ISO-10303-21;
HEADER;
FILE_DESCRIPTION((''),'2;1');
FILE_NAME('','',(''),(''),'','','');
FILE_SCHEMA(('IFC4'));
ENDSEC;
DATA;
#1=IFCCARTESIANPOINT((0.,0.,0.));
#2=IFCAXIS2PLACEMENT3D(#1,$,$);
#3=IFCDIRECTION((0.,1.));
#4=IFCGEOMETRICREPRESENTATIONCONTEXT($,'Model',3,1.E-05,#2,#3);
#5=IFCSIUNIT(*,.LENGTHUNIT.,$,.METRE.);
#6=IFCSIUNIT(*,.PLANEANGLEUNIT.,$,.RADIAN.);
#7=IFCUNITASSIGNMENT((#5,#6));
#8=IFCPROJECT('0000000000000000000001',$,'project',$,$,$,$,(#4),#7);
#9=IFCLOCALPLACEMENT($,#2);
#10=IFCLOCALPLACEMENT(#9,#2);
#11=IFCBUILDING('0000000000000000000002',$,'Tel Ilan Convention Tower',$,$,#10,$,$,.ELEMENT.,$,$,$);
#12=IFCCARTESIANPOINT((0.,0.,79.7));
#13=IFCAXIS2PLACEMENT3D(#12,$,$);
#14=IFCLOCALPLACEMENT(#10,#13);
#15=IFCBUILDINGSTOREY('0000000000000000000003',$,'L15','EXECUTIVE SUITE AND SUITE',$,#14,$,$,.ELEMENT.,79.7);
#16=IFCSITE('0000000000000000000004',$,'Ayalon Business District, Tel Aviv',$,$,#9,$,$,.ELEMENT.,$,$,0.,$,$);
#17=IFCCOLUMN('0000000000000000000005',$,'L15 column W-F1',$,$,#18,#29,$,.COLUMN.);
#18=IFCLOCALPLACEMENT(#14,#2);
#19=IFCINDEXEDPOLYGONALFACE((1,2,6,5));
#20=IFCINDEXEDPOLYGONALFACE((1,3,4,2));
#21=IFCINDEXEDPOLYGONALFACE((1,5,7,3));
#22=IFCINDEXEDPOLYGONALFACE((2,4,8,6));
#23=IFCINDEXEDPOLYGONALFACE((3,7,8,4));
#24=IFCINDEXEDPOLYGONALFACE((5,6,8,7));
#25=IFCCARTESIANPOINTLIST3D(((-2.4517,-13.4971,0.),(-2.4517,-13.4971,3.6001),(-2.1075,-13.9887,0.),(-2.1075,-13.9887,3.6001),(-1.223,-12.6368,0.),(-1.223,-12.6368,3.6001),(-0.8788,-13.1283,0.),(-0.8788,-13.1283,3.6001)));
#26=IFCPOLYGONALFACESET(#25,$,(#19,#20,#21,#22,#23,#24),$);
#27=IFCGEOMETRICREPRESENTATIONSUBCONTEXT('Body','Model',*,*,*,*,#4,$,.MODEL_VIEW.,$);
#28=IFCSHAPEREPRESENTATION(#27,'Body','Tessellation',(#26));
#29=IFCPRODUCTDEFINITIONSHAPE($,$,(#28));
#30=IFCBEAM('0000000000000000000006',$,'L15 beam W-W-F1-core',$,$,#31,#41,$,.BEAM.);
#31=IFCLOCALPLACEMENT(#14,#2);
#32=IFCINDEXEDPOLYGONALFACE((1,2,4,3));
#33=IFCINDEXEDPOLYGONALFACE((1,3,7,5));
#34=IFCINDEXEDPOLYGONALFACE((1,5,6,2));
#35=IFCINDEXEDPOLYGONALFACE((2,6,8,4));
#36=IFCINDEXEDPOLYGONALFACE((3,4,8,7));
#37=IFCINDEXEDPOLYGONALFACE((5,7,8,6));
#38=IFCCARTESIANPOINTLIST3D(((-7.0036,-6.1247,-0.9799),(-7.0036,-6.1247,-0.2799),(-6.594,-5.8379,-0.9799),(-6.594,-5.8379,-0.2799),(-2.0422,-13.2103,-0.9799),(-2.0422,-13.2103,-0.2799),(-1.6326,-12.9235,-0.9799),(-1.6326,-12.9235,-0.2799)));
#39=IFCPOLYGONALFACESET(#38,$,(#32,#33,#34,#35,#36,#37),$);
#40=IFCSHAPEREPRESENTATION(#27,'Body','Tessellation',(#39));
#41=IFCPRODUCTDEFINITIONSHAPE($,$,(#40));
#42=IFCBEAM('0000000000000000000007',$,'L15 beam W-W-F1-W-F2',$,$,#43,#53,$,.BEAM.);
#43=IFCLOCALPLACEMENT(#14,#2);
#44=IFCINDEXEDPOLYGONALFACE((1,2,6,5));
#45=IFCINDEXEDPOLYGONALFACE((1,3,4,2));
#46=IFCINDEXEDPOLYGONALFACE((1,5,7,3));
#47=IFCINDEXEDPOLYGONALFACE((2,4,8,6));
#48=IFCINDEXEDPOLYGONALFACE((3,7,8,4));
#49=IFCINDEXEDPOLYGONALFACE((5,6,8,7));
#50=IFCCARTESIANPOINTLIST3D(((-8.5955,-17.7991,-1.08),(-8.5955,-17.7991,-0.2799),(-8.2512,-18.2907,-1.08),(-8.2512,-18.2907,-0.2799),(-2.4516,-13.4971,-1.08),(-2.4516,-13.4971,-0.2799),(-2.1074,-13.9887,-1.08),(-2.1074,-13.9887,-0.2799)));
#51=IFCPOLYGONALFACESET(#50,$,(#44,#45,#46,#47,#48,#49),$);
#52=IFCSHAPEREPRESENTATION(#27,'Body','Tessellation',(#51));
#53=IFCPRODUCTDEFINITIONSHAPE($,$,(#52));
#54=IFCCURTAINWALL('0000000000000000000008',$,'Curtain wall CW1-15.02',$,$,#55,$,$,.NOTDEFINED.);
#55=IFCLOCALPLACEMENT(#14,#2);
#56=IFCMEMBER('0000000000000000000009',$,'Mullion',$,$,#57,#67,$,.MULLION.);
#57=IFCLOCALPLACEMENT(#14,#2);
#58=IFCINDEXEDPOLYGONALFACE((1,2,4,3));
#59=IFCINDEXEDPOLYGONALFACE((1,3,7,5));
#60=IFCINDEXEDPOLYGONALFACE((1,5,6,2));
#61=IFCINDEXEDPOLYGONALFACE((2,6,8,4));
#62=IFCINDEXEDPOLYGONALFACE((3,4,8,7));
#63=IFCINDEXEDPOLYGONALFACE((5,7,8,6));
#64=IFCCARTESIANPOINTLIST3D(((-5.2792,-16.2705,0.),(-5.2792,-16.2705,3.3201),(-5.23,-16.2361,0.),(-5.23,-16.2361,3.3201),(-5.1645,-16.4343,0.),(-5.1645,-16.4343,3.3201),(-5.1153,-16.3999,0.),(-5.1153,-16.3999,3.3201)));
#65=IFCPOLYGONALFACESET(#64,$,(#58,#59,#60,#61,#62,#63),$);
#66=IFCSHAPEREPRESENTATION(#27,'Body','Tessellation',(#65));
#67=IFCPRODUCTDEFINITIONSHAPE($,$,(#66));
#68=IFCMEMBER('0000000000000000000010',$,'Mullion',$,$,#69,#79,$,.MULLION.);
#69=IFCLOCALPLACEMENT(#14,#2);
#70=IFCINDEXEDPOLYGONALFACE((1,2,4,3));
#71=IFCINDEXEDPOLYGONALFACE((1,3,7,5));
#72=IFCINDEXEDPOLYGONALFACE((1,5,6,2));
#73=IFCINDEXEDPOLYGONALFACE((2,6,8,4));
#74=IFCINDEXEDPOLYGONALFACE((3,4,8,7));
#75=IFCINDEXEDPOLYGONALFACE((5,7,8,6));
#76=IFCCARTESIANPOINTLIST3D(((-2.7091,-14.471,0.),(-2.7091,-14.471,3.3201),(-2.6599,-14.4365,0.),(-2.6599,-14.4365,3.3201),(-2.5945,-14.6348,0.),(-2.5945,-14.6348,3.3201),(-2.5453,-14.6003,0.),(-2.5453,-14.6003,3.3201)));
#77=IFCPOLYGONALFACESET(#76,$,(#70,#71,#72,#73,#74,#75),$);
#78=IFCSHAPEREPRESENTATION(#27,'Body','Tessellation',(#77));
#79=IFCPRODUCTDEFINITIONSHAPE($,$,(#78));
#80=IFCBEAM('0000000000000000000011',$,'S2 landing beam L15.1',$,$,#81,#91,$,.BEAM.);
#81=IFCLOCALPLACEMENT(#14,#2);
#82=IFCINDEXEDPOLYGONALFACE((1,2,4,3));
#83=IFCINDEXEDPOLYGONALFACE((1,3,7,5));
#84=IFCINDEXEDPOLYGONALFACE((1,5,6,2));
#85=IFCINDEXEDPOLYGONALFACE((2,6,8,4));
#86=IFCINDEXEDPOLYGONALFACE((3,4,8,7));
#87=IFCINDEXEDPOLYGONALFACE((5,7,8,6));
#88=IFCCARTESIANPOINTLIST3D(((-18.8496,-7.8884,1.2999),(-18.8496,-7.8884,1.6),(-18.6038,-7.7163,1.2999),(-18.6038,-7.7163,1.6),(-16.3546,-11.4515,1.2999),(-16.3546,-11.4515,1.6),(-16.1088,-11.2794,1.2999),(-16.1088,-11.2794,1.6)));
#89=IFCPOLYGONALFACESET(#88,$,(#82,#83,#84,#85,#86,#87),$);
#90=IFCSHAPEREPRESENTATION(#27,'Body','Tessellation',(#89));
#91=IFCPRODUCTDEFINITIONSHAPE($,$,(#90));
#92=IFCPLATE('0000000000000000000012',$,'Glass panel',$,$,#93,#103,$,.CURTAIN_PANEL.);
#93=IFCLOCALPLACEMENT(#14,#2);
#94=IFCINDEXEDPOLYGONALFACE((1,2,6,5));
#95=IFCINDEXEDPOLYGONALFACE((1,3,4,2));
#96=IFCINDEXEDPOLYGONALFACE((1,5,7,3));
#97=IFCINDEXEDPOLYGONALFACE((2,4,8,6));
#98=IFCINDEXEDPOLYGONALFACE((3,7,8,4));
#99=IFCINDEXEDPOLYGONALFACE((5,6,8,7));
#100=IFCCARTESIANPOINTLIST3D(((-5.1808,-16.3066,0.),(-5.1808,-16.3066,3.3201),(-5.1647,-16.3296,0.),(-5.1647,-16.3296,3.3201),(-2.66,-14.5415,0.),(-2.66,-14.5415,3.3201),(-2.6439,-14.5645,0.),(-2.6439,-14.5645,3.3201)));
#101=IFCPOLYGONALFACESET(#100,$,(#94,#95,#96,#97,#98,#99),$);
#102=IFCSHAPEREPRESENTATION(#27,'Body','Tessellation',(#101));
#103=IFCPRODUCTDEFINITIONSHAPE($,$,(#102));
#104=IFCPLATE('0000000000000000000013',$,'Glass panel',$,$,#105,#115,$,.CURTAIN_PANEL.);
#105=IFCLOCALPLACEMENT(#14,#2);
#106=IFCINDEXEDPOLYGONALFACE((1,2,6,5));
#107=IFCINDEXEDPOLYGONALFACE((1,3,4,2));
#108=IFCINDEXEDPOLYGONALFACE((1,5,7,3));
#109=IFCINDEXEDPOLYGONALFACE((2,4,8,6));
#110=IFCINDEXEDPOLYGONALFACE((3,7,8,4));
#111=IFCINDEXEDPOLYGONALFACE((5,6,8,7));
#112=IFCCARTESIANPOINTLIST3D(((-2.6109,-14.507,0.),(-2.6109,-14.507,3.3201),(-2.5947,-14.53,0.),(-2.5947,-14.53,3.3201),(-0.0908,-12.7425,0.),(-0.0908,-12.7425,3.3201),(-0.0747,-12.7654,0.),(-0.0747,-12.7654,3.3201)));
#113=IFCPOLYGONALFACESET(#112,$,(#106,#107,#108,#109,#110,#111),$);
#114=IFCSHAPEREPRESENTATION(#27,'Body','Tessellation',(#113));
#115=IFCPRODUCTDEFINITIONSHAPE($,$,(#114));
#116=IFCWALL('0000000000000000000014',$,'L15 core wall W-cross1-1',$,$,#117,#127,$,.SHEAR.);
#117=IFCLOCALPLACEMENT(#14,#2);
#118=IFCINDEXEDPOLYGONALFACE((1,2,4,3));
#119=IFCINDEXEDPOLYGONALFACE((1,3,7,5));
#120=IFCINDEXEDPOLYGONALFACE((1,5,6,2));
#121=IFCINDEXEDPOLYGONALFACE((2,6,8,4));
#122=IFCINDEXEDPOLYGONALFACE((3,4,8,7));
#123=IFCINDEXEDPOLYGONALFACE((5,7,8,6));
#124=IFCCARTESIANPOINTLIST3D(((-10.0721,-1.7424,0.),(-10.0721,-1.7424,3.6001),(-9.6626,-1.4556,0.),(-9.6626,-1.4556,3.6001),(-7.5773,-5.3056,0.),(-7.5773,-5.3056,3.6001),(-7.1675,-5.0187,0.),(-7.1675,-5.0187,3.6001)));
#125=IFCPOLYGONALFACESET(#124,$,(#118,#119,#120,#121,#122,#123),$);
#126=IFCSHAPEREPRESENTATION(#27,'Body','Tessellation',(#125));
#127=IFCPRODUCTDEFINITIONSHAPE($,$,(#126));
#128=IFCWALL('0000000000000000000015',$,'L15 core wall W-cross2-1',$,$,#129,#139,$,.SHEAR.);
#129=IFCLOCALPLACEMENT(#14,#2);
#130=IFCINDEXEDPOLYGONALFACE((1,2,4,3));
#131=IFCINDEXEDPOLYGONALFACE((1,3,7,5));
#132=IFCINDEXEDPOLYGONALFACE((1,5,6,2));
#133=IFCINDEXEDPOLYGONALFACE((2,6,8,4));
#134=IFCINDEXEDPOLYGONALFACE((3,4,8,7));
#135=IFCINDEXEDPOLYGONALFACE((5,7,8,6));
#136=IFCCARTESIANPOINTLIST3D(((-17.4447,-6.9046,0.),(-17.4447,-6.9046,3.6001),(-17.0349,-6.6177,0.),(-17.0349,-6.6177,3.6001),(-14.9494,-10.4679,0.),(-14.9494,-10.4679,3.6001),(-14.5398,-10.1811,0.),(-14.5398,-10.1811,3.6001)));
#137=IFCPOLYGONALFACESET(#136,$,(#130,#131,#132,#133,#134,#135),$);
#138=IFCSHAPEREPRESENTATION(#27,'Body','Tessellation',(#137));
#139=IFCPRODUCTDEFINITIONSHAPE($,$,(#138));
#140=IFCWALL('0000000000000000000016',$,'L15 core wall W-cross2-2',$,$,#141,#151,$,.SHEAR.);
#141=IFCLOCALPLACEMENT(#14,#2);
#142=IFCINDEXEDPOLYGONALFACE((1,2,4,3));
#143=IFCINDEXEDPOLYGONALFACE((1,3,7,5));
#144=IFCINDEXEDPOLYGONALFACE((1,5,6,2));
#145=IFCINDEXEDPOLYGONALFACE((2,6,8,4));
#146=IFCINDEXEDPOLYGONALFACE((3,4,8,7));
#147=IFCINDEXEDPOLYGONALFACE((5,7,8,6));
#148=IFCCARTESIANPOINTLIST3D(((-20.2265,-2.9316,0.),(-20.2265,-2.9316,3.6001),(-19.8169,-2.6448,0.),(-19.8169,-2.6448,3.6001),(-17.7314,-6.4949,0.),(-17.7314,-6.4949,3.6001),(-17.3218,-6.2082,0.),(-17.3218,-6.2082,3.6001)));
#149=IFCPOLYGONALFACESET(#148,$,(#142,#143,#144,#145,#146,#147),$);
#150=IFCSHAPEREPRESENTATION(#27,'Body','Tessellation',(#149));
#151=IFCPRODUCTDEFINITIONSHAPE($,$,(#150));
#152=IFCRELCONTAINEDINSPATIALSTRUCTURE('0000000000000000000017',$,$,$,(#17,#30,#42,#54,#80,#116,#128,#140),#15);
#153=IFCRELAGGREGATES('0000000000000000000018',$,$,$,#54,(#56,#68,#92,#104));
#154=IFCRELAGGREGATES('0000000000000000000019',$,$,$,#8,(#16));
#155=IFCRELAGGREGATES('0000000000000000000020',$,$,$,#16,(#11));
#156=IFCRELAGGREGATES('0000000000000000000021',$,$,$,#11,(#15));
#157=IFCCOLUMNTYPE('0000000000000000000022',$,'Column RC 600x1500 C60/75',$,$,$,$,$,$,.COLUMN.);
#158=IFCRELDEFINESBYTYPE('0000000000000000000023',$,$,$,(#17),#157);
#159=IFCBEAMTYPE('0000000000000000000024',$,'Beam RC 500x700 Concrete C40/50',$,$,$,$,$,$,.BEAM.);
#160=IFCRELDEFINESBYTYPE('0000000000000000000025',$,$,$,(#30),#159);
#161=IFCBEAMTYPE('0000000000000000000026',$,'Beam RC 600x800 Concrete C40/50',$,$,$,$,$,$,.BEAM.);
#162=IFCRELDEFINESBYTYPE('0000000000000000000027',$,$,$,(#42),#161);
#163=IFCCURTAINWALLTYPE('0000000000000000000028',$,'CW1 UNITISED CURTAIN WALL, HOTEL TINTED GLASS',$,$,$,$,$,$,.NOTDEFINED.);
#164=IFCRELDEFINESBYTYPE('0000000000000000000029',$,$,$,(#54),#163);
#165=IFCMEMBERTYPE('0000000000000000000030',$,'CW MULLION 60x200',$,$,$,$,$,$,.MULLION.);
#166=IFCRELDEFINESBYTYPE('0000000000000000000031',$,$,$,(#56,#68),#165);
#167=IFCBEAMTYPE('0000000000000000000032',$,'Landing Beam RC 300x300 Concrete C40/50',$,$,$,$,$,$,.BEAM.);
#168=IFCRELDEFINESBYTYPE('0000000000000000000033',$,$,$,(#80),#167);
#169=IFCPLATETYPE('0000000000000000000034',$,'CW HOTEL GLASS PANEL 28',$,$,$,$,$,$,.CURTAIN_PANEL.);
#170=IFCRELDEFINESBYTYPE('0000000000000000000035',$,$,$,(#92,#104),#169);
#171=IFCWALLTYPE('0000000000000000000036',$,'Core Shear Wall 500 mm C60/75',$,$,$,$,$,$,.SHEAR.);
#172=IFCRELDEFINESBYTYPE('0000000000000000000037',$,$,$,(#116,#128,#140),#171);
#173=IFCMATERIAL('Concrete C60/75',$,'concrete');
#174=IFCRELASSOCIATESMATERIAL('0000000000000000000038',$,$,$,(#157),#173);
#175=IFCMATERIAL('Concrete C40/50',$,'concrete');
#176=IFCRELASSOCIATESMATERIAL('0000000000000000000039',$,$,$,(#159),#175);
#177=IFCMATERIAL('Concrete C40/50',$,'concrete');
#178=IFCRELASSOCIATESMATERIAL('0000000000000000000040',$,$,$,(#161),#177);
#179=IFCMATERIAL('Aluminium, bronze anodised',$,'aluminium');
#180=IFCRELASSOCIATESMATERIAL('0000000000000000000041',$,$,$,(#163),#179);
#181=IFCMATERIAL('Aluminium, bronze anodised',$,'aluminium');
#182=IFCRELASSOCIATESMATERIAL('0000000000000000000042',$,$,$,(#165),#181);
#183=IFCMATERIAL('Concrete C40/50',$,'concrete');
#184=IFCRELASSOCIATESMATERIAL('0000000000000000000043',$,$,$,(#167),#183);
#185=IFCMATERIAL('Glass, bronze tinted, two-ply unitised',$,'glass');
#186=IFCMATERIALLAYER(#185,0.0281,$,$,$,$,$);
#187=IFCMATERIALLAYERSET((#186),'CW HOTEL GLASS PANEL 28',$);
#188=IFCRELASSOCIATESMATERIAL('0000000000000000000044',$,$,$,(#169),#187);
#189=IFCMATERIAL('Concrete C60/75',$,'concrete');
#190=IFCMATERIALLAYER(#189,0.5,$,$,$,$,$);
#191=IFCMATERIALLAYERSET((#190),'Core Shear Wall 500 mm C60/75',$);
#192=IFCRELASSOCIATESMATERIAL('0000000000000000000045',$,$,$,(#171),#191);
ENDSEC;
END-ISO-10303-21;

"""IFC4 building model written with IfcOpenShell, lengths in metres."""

from ifc_helpers import new_model, si_unit, direction, frame, origin, origin_2d, place, context, subcontext, project, spatial, polyline, rectangle, outline, extrude, material, layer, layer_set, material_profile, profile_set, type_object, element, aggregate, save


model = new_model("IFC4")

# Units and contexts
model_context = context("Model", 3, precision=1e-05, world=origin(), true_north=direction((0.0, 1.0)))
body_context = subcontext(model_context, "Body", "Model", "MODEL_VIEW")
ifc_project = project(units=[si_unit("LENGTHUNIT", "METRE"), si_unit("PLANEANGLEUNIT", "RADIAN")], contexts=[model_context])

# Site, building, storey
site_placement = place(None, origin())
site = spatial("IfcSite", under=ifc_project, at=site_placement, Name="Ayalon Business District, Tel Aviv", CompositionType="ELEMENT", RefElevation=0.0)
building_placement = place(site_placement, origin())
building = spatial("IfcBuilding", under=site, at=building_placement, Name="Tel Ilan Convention Tower", CompositionType="ELEMENT")
storey_placement = place(building_placement, frame((0.0, 0.0, 79.7)))
storey = spatial("IfcBuildingStorey", under=building, at=storey_placement, Name="L15", Description="EXECUTIVE SUITE AND SUITE", CompositionType="ELEMENT", Elevation=79.7)

# Column
ifc_material_1 = material(Name="Concrete C60/75", Category="concrete")
ifc_material_profile_1 = material_profile(ifc_material_1, rectangle(XDim=1.5, YDim=0.6001, at=origin_2d()), Name="RC 600x1500")
ifc_profile_set_1 = profile_set([ifc_material_profile_1], Name="Concrete C60/75")
column_type = type_object("IfcColumnType", Name="Column RC 600x1500 C60/75", PredefinedType="COLUMN", material=ifc_profile_set_1)
column_placement = place(storey_placement, frame((-1.6653, -13.3127, 0.0), z_axis=(0.0, 0.0, 1.0), x_axis=(-0.819152, -0.573576, 0.0)))
element("IfcColumn", 1, at=column_placement, inside=storey, type_object=column_type, Name="L15 column W-F1", PredefinedType="COLUMN", context=body_context, shape_type="SweptSolid", body=[
    extrude(rectangle(XDim=1.5, YDim=0.6001, at=origin_2d()), origin(), (0.0, 0.0, 1.0), 3.6001),
])

# Beams
ifc_material_2 = material(Name="Concrete C40/50", Category="concrete")
ifc_material_profile_2 = material_profile(ifc_material_2, rectangle(XDim=0.5, YDim=0.7, at=origin_2d()), Name="RC 500x700")
ifc_profile_set_2 = profile_set([ifc_material_profile_2], Name="Concrete C40/50")
beam_type_1 = type_object("IfcBeamType", Name="Beam RC 500x700 Concrete C40/50", PredefinedType="BEAM", material=ifc_profile_set_2)
beam_1_placement = place(storey_placement, frame((-1.8374, -13.0669, -0.6299), z_axis=(-0.573574, 0.819154, 0.0), x_axis=(-0.819154, -0.573574, 0.0)))
element("IfcBeam", 2, at=beam_1_placement, inside=storey, type_object=beam_type_1, Name="L15 beam W-W-F1-core", PredefinedType="BEAM", context=body_context, shape_type="SweptSolid", body=[
    extrude(rectangle(XDim=0.5, YDim=0.7, at=origin_2d()), origin(), (0.0, 0.0, 1.0), 8.6499),
])
ifc_material_3 = material(Name="Concrete C40/50", Category="concrete")
ifc_material_profile_3 = material_profile(ifc_material_3, rectangle(XDim=0.6001, YDim=0.8, at=origin_2d()), Name="RC 600x800")
ifc_profile_set_3 = profile_set([ifc_material_profile_3], Name="Concrete C40/50")
beam_type_2 = type_object("IfcBeamType", Name="Beam RC 600x800 Concrete C40/50", PredefinedType="BEAM", material=ifc_profile_set_3)
beam_2_placement = place(storey_placement, frame((-2.2795, -13.7429, -0.6799), z_axis=(-0.819148, -0.573582, 0.0), x_axis=(0.573582, -0.819148, 0.0)))
element("IfcBeam", 3, at=beam_2_placement, inside=storey, type_object=beam_type_2, Name="L15 beam W-W-F1-W-F2", PredefinedType="BEAM", context=body_context, shape_type="SweptSolid", body=[
    extrude(rectangle(XDim=0.6001, YDim=0.8, at=origin_2d()), origin(), (0.0, 0.0, 1.0), 7.5002),
])

# Curtain wall, members
ifc_material_4 = material(Name="Aluminium, bronze anodised", Category="aluminium")
curtain_wall_type = type_object("IfcCurtainWallType", Name="CW1 UNITISED CURTAIN WALL, HOTEL TINTED GLASS", PredefinedType="NOTDEFINED", material=ifc_material_4)
curtain_wall_placement = place(storey_placement, origin())
curtain_wall = element("IfcCurtainWall", 4, at=curtain_wall_placement, inside=storey, type_object=curtain_wall_type, Name="Curtain wall CW1-15.02", PredefinedType="NOTDEFINED")
ifc_material_5 = material(Name="Aluminium, bronze anodised", Category="aluminium")
ifc_material_profile_4 = material_profile(ifc_material_5, rectangle(XDim=0.0601, YDim=0.2, at=origin_2d()), Name="CW MULLION 60x200")
ifc_profile_set_4 = profile_set([ifc_material_profile_4], Name="Aluminium, bronze anodised")
member_type = type_object("IfcMemberType", Name="CW MULLION 60x200", PredefinedType="MULLION", material=ifc_profile_set_4)
member_1_placement = place(storey_placement, frame((-5.1973, -16.3352, 0.0), z_axis=(0.0, 0.0, 1.0), x_axis=(0.819152, 0.573576, 0.0)))
member_1 = element("IfcMember", 5, at=member_1_placement, type_object=member_type, Name="Mullion", PredefinedType="MULLION", context=body_context, shape_type="SweptSolid", body=[
    extrude(rectangle(XDim=0.0601, YDim=0.2, at=origin_2d()), origin(), (0.0, 0.0, 1.0), 3.3201),
])
member_2_placement = place(storey_placement, frame((-2.6272, -14.5356, 0.0), z_axis=(0.0, 0.0, 1.0), x_axis=(0.819152, 0.573576, 0.0)))
member_2 = element("IfcMember", 6, at=member_2_placement, type_object=member_type, Name="Mullion", PredefinedType="MULLION", context=body_context, shape_type="SweptSolid", body=[
    extrude(rectangle(XDim=0.0601, YDim=0.2, at=origin_2d()), origin(), (0.0, 0.0, 1.0), 3.3201),
])

# Beam
ifc_material_6 = material(Name="Concrete C40/50", Category="concrete")
ifc_material_profile_5 = material_profile(ifc_material_6, rectangle(XDim=0.3, YDim=0.3, at=origin_2d()), Name="RC 300x300")
ifc_profile_set_5 = profile_set([ifc_material_profile_5], Name="Concrete C40/50")
beam_type_3 = type_object("IfcBeamType", Name="Landing Beam RC 300x300 Concrete C40/50", PredefinedType="BEAM", material=ifc_profile_set_5)
beam_3_placement = place(storey_placement, frame((-16.2317, -11.3655, 1.45), z_axis=(-0.573594, 0.81914, 0.0), x_axis=(-0.81914, -0.573594, 0.0)))
element("IfcBeam", 7, at=beam_3_placement, inside=storey, type_object=beam_type_3, Name="S2 landing beam L15.1", PredefinedType="BEAM", context=body_context, shape_type="SweptSolid", body=[
    extrude(rectangle(XDim=0.3, YDim=0.3, at=origin_2d()), origin(), (0.0, 0.0, 1.0), 4.3499),
])

# Plates
ifc_material_7 = material(Name="Glass, bronze tinted, two-ply unitised", Category="glass")
ifc_layer_1 = layer(ifc_material_7, 0.0281)
ifc_layer_set_1 = layer_set([ifc_layer_1], Name="CW HOTEL GLASS PANEL 28")
plate_type = type_object("IfcPlateType", Name="CW HOTEL GLASS PANEL 28", PredefinedType="CURTAIN_PANEL", material=ifc_layer_set_1)
plate_1_placement = place(storey_placement, frame((-3.9124, -15.4355, 0.0), z_axis=(0.0, 0.0, 1.0), x_axis=(0.819152, 0.573576, 0.0)))
plate_1 = element("IfcPlate", 8, at=plate_1_placement, type_object=plate_type, Name="Glass panel", PredefinedType="CURTAIN_PANEL", context=body_context, shape_type="SweptSolid", body=[
    extrude(rectangle(XDim=3.0774, YDim=0.0281, at=origin_2d()), origin(), (0.0, 0.0, 1.0), 3.3201),
])
plate_2_placement = place(storey_placement, frame((-1.3428, -13.6362, 0.0), z_axis=(0.0, 0.0, 1.0), x_axis=(0.819152, 0.573576, 0.0)))
plate_2 = element("IfcPlate", 9, at=plate_2_placement, type_object=plate_type, Name="Glass panel", PredefinedType="CURTAIN_PANEL", context=body_context, shape_type="SweptSolid", body=[
    extrude(rectangle(XDim=3.0764, YDim=0.0281, at=origin_2d()), origin(), (0.0, 0.0, 1.0), 3.3201),
])
aggregate(curtain_wall, [member_1, member_2, plate_1, plate_2])

# Walls
ifc_material_8 = material(Name="Concrete C60/75", Category="concrete")
ifc_layer_2 = layer(ifc_material_8, 0.5)
ifc_layer_set_2 = layer_set([ifc_layer_2], Name="Core Shear Wall 500 mm C60/75")
wall_type_1 = type_object("IfcWallType", Name="Core Shear Wall 500 mm C60/75", PredefinedType="SHEAR", material=ifc_layer_set_2)
wall_1_placement = place(storey_placement, frame((-7.3723, -5.1621, 0.0), z_axis=(0.0, 0.0, 1.0), x_axis=(-0.573594, 0.81914, 0.0)))
element("IfcWall", 10, at=wall_1_placement, inside=storey, type_object=wall_type_1, Name="L15 core wall W-cross1-1", PredefinedType="SHEAR", context=body_context, shape_type="SweptSolid", body=[
    extrude(outline(polyline([(4.3499, 0.25), (0.0, 0.2502), (0.0, -0.25), (4.3499, -0.25), (4.3499, 0.25)])), origin(), (0.0, 0.0, 1.0), 3.6001),
])
wall_2_placement = place(storey_placement, frame((-14.7446, -10.3245, 0.0), z_axis=(0.0, 0.0, 1.0), x_axis=(-0.573568, 0.819158, 0.0)))
element("IfcWall", 11, at=wall_2_placement, inside=storey, type_object=wall_type_1, Name="L15 core wall W-cross2-1", PredefinedType="SHEAR", context=body_context, shape_type="SweptSolid", body=[
    extrude(outline(polyline([(4.3501, 0.2502), (0.0, 0.25), (0.0, -0.25), (4.3501, -0.25), (4.3501, 0.2502)])), origin(), (0.0, 0.0, 1.0), 3.6001),
])
wall_3_placement = place(storey_placement, frame((-17.5266, -6.3516, 0.0), z_axis=(0.0, 0.0, 1.0), x_axis=(-0.57353, 0.819184, 0.0)))
element("IfcWall", 12, at=wall_3_placement, inside=storey, type_object=wall_type_1, Name="L15 core wall W-cross2-2", PredefinedType="SHEAR", context=body_context, shape_type="SweptSolid", body=[
    extrude(outline(polyline([(4.3501, -0.2498), (4.3501, 0.2502), (0.0, 0.25), (0.0, -0.25), (4.3501, -0.2498)])), origin(), (0.0, 0.0, 1.0), 3.6001),
])

save(model, "model.ifc")
